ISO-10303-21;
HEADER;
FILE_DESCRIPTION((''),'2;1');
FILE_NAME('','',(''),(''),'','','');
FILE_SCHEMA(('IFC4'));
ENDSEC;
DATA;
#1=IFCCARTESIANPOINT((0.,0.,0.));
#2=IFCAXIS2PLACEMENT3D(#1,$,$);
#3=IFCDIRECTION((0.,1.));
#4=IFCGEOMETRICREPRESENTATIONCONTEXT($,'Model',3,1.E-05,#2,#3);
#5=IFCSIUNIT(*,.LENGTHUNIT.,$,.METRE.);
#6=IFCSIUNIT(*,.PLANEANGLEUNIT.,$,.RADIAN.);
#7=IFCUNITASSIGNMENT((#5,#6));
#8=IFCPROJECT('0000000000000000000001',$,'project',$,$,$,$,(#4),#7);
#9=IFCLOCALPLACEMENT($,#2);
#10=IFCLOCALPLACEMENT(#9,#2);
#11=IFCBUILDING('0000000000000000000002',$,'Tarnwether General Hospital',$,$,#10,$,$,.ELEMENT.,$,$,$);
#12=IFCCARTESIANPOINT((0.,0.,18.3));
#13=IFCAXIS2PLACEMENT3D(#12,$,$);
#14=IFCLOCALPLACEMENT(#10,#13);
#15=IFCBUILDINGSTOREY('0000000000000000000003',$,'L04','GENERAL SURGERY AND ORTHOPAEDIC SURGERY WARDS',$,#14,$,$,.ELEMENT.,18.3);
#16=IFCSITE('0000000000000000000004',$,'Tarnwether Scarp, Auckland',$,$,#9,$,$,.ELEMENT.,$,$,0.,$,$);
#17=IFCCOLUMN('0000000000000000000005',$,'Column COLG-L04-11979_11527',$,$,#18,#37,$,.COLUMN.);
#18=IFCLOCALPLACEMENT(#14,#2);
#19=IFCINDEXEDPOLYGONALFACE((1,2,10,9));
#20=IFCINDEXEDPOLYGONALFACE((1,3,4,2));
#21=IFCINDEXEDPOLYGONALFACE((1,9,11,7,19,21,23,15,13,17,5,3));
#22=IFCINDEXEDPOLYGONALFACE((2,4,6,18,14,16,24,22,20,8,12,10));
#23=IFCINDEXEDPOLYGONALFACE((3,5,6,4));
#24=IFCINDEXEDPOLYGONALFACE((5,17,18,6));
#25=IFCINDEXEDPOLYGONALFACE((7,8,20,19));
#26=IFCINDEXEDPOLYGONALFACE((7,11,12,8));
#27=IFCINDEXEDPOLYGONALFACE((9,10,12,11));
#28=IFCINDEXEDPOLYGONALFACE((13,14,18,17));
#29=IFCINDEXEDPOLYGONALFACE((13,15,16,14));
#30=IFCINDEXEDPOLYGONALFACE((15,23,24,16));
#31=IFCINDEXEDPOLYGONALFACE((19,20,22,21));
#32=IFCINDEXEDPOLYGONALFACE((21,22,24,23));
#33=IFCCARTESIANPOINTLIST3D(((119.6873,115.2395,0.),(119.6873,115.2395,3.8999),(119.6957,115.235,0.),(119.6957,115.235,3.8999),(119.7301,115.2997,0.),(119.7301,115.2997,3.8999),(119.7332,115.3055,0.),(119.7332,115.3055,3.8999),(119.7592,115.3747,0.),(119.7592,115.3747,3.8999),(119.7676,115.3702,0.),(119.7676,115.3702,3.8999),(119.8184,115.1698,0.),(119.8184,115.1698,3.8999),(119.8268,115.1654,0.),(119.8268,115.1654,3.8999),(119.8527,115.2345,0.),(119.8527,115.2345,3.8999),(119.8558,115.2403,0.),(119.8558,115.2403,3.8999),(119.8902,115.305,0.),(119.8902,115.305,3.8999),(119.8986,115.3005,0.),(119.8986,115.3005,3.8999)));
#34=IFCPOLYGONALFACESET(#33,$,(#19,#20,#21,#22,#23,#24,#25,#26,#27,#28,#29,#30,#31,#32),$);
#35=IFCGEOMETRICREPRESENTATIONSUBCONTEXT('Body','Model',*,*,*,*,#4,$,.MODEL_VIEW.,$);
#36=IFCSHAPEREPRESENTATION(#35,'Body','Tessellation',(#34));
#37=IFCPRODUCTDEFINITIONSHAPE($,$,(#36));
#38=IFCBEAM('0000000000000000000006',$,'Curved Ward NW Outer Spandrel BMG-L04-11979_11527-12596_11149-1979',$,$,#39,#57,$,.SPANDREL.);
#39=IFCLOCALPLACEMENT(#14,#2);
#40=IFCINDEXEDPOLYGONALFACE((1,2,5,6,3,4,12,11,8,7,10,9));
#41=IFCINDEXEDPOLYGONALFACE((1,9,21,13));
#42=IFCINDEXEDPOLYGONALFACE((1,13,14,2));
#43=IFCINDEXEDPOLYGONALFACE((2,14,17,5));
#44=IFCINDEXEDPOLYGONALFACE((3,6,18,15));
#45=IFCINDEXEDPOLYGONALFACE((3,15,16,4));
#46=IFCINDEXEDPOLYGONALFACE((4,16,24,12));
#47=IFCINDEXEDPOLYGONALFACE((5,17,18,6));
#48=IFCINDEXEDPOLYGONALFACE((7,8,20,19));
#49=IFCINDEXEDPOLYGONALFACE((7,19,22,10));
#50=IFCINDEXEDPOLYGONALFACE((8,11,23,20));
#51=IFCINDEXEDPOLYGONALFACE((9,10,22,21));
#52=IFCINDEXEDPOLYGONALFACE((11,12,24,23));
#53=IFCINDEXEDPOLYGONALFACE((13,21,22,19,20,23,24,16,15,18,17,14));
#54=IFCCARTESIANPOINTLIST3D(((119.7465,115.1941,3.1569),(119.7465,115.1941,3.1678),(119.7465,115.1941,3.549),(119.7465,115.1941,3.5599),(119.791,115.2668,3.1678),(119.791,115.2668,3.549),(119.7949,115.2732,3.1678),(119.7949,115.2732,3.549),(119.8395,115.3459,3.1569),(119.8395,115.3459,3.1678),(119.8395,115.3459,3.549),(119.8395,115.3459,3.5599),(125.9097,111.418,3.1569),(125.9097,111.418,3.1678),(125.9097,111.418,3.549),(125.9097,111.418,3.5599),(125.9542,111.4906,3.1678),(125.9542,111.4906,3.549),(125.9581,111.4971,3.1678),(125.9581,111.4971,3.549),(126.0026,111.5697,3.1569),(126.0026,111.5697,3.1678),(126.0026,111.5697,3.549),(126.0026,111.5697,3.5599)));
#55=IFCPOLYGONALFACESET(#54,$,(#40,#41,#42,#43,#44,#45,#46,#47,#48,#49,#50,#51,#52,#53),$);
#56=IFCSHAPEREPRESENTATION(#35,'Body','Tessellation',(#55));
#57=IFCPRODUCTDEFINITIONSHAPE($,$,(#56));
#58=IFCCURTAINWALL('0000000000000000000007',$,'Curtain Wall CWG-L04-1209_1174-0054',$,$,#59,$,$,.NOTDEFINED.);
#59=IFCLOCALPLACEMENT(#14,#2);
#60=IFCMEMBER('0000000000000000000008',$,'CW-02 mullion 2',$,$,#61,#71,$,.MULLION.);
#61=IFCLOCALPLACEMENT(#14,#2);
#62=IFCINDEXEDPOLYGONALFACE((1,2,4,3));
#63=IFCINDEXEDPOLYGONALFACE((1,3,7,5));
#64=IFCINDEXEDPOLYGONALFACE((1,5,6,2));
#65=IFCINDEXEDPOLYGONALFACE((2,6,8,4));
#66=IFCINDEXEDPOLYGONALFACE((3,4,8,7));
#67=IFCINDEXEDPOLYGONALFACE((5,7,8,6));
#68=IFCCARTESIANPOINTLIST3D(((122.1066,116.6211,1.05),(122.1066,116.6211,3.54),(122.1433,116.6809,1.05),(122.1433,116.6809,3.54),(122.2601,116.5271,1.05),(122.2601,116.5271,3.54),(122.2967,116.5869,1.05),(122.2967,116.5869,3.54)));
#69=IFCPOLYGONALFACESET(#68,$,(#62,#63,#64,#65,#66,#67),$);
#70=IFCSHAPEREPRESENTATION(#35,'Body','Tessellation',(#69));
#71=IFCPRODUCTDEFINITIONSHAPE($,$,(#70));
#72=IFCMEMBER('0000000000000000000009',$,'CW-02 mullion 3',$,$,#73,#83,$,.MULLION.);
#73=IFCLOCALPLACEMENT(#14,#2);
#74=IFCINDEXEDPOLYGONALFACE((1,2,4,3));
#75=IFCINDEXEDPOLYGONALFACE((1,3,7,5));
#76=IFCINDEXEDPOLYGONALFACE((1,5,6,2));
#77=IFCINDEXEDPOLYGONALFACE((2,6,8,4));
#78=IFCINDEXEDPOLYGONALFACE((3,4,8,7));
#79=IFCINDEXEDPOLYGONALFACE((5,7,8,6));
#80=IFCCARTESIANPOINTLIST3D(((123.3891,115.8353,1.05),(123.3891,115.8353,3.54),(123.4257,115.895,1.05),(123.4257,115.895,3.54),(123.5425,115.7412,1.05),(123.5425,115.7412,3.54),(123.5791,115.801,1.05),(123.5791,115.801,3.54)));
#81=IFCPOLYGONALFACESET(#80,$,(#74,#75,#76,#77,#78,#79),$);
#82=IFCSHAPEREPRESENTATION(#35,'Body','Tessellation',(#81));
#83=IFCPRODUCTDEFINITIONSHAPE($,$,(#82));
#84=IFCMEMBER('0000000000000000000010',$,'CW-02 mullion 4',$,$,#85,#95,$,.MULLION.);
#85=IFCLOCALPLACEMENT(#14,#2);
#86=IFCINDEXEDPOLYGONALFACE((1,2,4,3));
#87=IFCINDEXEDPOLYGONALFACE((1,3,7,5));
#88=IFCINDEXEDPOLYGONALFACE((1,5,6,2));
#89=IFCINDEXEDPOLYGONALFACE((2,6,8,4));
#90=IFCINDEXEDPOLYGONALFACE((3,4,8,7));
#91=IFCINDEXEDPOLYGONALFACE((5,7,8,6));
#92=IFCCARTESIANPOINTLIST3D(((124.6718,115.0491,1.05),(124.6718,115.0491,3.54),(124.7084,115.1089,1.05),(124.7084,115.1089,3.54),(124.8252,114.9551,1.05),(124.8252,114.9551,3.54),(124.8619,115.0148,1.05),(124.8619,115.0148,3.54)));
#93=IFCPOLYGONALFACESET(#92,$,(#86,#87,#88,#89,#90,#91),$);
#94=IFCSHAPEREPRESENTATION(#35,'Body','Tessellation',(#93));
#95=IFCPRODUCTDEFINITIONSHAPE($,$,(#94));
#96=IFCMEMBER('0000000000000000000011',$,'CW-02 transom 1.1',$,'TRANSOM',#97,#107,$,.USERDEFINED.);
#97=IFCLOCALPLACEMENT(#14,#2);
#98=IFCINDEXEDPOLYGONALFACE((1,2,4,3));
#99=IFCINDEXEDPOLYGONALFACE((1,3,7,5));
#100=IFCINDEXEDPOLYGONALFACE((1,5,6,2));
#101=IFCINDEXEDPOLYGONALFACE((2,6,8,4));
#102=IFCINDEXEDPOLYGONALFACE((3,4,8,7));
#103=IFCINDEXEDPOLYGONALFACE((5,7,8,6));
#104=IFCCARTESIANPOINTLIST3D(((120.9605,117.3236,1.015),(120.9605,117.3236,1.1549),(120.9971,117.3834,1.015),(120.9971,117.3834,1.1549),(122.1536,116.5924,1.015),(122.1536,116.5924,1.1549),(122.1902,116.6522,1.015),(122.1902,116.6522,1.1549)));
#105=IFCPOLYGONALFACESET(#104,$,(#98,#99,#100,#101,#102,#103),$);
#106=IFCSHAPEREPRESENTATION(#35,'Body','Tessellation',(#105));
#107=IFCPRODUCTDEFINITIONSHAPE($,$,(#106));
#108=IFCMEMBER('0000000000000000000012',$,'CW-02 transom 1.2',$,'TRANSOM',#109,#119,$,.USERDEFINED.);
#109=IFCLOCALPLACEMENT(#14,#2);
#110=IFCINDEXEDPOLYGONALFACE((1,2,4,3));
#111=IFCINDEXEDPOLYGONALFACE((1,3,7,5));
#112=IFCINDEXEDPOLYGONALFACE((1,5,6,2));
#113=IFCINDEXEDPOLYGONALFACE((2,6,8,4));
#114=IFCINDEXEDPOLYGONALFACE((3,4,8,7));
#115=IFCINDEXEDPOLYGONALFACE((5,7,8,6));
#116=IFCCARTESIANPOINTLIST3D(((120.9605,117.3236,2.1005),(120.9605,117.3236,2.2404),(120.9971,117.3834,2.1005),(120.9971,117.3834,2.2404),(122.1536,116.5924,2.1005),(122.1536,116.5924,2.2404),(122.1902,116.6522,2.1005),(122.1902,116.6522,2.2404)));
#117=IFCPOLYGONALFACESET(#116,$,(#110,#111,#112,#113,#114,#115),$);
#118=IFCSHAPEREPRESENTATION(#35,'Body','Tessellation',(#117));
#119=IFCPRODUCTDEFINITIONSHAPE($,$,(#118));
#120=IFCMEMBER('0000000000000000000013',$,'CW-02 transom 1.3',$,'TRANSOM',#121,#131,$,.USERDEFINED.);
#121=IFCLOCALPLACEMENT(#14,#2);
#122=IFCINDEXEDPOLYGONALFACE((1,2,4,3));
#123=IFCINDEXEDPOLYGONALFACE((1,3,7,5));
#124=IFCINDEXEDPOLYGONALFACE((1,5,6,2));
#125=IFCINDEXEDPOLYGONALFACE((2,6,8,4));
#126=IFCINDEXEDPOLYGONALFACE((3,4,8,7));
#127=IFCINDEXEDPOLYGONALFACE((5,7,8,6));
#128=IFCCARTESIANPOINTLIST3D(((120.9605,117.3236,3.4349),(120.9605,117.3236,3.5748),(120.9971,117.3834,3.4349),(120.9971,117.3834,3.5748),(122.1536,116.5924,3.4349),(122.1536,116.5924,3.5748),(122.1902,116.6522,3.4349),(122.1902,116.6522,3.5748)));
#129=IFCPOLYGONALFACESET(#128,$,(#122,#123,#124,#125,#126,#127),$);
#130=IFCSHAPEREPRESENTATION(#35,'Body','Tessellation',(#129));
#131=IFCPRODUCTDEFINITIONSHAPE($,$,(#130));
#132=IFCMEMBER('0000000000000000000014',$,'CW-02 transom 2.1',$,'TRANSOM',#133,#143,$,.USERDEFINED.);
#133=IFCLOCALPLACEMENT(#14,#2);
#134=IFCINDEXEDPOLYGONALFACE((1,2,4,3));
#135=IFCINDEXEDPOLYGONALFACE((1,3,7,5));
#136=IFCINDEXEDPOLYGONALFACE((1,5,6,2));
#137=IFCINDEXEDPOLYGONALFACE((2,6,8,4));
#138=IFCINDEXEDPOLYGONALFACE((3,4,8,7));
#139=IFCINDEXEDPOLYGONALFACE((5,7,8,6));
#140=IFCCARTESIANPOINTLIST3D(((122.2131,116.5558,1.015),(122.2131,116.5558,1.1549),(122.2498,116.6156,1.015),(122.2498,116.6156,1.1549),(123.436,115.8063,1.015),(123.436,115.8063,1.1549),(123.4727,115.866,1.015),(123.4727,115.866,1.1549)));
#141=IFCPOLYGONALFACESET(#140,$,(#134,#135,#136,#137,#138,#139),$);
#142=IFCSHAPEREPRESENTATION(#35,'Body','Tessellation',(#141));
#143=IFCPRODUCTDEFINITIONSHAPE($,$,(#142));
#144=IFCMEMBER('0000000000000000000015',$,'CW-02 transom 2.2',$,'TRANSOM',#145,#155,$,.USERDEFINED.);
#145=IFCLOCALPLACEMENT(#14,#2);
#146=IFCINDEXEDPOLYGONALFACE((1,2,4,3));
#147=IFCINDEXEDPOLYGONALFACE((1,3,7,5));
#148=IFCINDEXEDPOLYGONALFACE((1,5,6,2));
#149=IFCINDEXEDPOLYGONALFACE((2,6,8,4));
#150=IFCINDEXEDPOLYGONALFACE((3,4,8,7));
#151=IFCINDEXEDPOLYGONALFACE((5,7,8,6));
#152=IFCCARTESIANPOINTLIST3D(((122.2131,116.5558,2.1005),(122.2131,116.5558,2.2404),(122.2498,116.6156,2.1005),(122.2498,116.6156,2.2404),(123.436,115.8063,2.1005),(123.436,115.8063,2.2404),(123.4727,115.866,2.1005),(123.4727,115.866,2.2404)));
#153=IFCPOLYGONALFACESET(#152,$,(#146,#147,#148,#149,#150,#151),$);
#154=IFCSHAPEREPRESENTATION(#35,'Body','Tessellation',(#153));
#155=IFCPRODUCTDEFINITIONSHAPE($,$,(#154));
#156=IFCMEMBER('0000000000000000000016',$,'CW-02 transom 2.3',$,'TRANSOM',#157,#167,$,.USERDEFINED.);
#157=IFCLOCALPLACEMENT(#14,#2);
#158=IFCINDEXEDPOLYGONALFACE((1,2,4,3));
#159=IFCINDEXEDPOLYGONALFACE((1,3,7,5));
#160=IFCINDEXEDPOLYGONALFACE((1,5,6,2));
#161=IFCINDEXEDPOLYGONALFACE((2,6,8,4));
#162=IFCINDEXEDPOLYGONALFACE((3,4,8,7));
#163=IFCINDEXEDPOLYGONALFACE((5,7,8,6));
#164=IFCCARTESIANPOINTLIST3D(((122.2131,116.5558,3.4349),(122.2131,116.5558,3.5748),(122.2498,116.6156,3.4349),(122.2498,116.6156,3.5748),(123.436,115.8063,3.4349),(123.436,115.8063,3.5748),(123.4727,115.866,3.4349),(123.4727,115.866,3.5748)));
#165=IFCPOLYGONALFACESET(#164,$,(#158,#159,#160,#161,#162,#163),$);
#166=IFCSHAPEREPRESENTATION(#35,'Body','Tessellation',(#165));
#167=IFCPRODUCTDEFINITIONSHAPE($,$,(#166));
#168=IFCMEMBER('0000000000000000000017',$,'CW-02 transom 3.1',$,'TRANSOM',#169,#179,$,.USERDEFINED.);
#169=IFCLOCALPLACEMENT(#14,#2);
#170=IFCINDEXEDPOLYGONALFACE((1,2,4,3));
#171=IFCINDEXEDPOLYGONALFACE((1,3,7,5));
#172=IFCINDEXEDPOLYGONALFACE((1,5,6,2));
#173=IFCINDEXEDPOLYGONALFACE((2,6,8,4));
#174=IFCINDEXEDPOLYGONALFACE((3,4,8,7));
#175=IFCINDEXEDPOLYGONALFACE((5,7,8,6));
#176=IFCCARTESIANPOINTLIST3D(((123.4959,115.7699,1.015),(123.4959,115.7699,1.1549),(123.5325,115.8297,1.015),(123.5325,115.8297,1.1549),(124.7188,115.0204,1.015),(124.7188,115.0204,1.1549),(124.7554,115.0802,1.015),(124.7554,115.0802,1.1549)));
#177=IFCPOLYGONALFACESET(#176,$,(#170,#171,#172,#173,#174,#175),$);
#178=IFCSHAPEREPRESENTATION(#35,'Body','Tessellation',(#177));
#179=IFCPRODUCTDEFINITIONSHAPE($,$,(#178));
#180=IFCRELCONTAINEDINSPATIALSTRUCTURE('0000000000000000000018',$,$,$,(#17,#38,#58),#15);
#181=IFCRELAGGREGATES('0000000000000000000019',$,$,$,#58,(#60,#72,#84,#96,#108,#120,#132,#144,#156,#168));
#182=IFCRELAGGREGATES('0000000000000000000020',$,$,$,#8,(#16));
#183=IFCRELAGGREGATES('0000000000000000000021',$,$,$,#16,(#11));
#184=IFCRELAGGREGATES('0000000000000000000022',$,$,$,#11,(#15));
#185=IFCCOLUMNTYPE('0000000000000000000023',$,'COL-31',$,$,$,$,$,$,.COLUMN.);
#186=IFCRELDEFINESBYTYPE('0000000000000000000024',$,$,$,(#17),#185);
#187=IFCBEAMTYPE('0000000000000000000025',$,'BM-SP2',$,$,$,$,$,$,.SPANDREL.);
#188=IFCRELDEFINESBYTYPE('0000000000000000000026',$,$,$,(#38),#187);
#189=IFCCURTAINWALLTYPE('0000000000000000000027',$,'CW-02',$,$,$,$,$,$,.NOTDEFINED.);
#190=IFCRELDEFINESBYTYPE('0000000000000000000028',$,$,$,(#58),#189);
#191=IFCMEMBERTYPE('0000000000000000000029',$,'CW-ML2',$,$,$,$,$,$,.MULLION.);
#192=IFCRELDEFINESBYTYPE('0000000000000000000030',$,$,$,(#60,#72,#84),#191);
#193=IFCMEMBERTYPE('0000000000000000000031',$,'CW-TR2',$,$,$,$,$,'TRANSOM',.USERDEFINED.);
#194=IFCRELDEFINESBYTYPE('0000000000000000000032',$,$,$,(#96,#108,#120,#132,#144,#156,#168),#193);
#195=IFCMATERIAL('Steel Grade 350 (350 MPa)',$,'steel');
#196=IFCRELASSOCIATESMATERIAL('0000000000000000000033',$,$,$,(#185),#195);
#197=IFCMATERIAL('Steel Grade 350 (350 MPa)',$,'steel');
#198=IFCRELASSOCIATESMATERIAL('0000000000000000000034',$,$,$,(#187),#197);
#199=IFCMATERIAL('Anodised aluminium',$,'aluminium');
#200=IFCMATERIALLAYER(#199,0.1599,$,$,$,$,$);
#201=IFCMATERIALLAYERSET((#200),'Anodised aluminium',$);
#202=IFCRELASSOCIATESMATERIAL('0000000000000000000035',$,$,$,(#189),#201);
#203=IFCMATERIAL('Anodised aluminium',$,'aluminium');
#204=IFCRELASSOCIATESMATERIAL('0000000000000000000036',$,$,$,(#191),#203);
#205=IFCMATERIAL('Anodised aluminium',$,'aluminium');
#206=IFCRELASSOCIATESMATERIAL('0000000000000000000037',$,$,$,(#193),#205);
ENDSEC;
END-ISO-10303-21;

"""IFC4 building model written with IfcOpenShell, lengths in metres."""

from ifc_helpers import new_model, si_unit, direction, frame, origin, origin_2d, place, context, subcontext, project, spatial, rectangle, i_section, extrude, material, layer, layer_set, material_profile, profile_set, type_object, element, aggregate, save


model = new_model("IFC4")

# Units and contexts
model_context = context("Model", 3, precision=1e-05, world=origin(), true_north=direction((0.0, 1.0)))
body_context = subcontext(model_context, "Body", "Model", "MODEL_VIEW")
ifc_project = project(units=[si_unit("LENGTHUNIT", "METRE"), si_unit("PLANEANGLEUNIT", "RADIAN")], contexts=[model_context])

# Site, building, storey
site_placement = place(None, origin())
site = spatial("IfcSite", under=ifc_project, at=site_placement, Name="Tarnwether Scarp, Auckland", CompositionType="ELEMENT", RefElevation=0.0)
building_placement = place(site_placement, origin())
building = spatial("IfcBuilding", under=site, at=building_placement, Name="Tarnwether General Hospital", CompositionType="ELEMENT")
storey_placement = place(building_placement, frame((0.0, 0.0, 18.3)))
storey = spatial("IfcBuildingStorey", under=building, at=storey_placement, Name="L04", Description="GENERAL SURGERY AND ORTHOPAEDIC SURGERY WARDS", CompositionType="ELEMENT", Elevation=18.3)

# Column
ifc_material_1 = material(Name="Steel Grade 350 (350 MPa)", Category="steel")
ifc_material_profile_1 = material_profile(ifc_material_1, i_section(OverallWidth=0.1531, OverallDepth=0.158, WebThickness=0.0066, FlangeThickness=0.0095, at=origin_2d()), Name="150UC30.0")
ifc_profile_set_1 = profile_set([ifc_material_profile_1], Name="Steel Grade 350 (350 MPa)")
column_type = type_object("IfcColumnType", Name="COL-31", PredefinedType="COLUMN", material=ifc_profile_set_1)
column_placement = place(storey_placement, frame((119.793, 115.27, 0.0), z_axis=(0.0, 0.0, 1.0), x_axis=(0.469472, 0.882948, 0.0)))
element("IfcColumn", 1, at=column_placement, inside=storey, type_object=column_type, Name="Column COLG-L04-11979_11527", PredefinedType="COLUMN", context=body_context, shape_type="SweptSolid", body=[
    extrude(i_section(OverallWidth=0.1531, OverallDepth=0.158, WebThickness=0.0066, FlangeThickness=0.0095, at=origin_2d()), origin(), (0.0, 0.0, 1.0), 3.8999),
])

# Beam
ifc_material_2 = material(Name="Steel Grade 350 (350 MPa)", Category="steel")
ifc_material_profile_2 = material_profile(ifc_material_2, i_section(OverallWidth=0.178, OverallDepth=0.4031, WebThickness=0.0076, FlangeThickness=0.011, at=origin_2d()), Name="410UB53.7")
ifc_profile_set_2 = profile_set([ifc_material_profile_2], Name="Steel Grade 350 (350 MPa)")
beam_type = type_object("IfcBeamType", Name="BM-SP2", PredefinedType="SPANDREL", material=ifc_profile_set_2)
beam_placement = place(storey_placement, frame((119.793, 115.27, 3.3584), z_axis=(0.852678, -0.522436, 0.0), x_axis=(0.522436, 0.852678, 0.0)))
element("IfcBeam", 2, at=beam_placement, inside=storey, type_object=beam_type, Name="Curved Ward NW Outer Spandrel BMG-L04-11979_11527-12596_11149-1979", PredefinedType="SPANDREL", context=body_context, shape_type="SweptSolid", body=[
    extrude(i_section(OverallWidth=0.178, OverallDepth=0.4031, WebThickness=0.0076, FlangeThickness=0.011, at=origin_2d()), origin(), (0.0, 0.0, 1.0), 7.228),
])

# Curtain wall, members
ifc_material_3 = material(Name="Anodised aluminium", Category="aluminium")
ifc_layer_1 = layer(ifc_material_3, 0.1599)
ifc_layer_set_1 = layer_set([ifc_layer_1], Name="Anodised aluminium")
curtain_wall_type = type_object("IfcCurtainWallType", Name="CW-02", PredefinedType="NOTDEFINED", material=ifc_layer_set_1)
curtain_wall_placement = place(storey_placement, origin())
curtain_wall = element("IfcCurtainWall", 3, at=curtain_wall_placement, inside=storey, type_object=curtain_wall_type, Name="Curtain Wall CWG-L04-1209_1174-0054", PredefinedType="NOTDEFINED")
ifc_material_4 = material(Name="Anodised aluminium", Category="aluminium")
ifc_material_profile_3 = material_profile(ifc_material_4, rectangle(XDim=0.0701, YDim=0.1799, at=origin_2d()), Name="ALU-MUL-70x180")
ifc_profile_set_3 = profile_set([ifc_material_profile_3], Name="Anodised aluminium")
member_type_1 = type_object("IfcMemberType", Name="CW-ML2", PredefinedType="MULLION", material=ifc_profile_set_3)
member_1_placement = place(storey_placement, frame((122.2017, 116.604, 1.05), z_axis=(0.0, 0.0, 1.0), x_axis=(0.522509, 0.852634, 0.0)))
member_1 = element("IfcMember", 4, at=member_1_placement, type_object=member_type_1, Name="CW-02 mullion 2", PredefinedType="MULLION", context=body_context, shape_type="SweptSolid", body=[
    extrude(rectangle(XDim=0.0701, YDim=0.1799, at=origin_2d()), origin(), (0.0, 0.0, 1.0), 2.49),
])
member_2_placement = place(storey_placement, frame((123.4841, 115.8181, 1.05), z_axis=(0.0, 0.0, 1.0), x_axis=(0.522509, 0.852634, 0.0)))
member_2 = element("IfcMember", 5, at=member_2_placement, type_object=member_type_1, Name="CW-02 mullion 3", PredefinedType="MULLION", context=body_context, shape_type="SweptSolid", body=[
    extrude(rectangle(XDim=0.0701, YDim=0.1799, at=origin_2d()), origin(), (0.0, 0.0, 1.0), 2.49),
])
member_3_placement = place(storey_placement, frame((124.7668, 115.032, 1.05), z_axis=(0.0, 0.0, 1.0), x_axis=(0.522509, 0.852634, 0.0)))
member_3 = element("IfcMember", 6, at=member_3_placement, type_object=member_type_1, Name="CW-02 mullion 4", PredefinedType="MULLION", context=body_context, shape_type="SweptSolid", body=[
    extrude(rectangle(XDim=0.0701, YDim=0.1799, at=origin_2d()), origin(), (0.0, 0.0, 1.0), 2.49),
])
ifc_material_5 = material(Name="Anodised aluminium", Category="aluminium")
ifc_material_profile_4 = material_profile(ifc_material_5, rectangle(XDim=0.0701, YDim=0.1399, at=origin_2d()), Name="ALU-TRN-70x140")
ifc_profile_set_4 = profile_set([ifc_material_profile_4], Name="Anodised aluminium")
member_type_2 = type_object("IfcMemberType", Name="CW-TR2", ElementType="TRANSOM", PredefinedType="USERDEFINED", material=ifc_profile_set_4)
member_4_placement = place(storey_placement, frame((120.9788, 117.3535, 1.085), z_axis=(0.852621, -0.522529, 0.0), x_axis=(0.522529, 0.852621, 0.0)))
member_4 = element("IfcMember", 7, at=member_4_placement, type_object=member_type_2, Name="CW-02 transom 1.1", ObjectType="TRANSOM", PredefinedType="USERDEFINED", context=body_context, shape_type="SweptSolid", body=[
    extrude(rectangle(XDim=0.0701, YDim=0.1399, at=origin_2d()), origin(), (0.0, 0.0, 1.0), 1.3994),
])
member_5_placement = place(storey_placement, frame((120.9788, 117.3535, 2.1704), z_axis=(0.852621, -0.522529, 0.0), x_axis=(0.522529, 0.852621, 0.0)))
member_5 = element("IfcMember", 8, at=member_5_placement, type_object=member_type_2, Name="CW-02 transom 1.2", ObjectType="TRANSOM", PredefinedType="USERDEFINED", context=body_context, shape_type="SweptSolid", body=[
    extrude(rectangle(XDim=0.0701, YDim=0.1399, at=origin_2d()), origin(), (0.0, 0.0, 1.0), 1.3994),
])
member_6_placement = place(storey_placement, frame((120.9788, 117.3535, 3.5049), z_axis=(0.852621, -0.522529, 0.0), x_axis=(0.522529, 0.852621, 0.0)))
member_6 = element("IfcMember", 9, at=member_6_placement, type_object=member_type_2, Name="CW-02 transom 1.3", ObjectType="TRANSOM", PredefinedType="USERDEFINED", context=body_context, shape_type="SweptSolid", body=[
    extrude(rectangle(XDim=0.0701, YDim=0.1399, at=origin_2d()), origin(), (0.0, 0.0, 1.0), 1.3994),
])
member_7_placement = place(storey_placement, frame((122.2314, 116.5857, 1.085), z_axis=(0.852604, -0.522558, 0.0), x_axis=(0.522558, 0.852604, 0.0)))
member_7 = element("IfcMember", 10, at=member_7_placement, type_object=member_type_2, Name="CW-02 transom 2.1", ObjectType="TRANSOM", PredefinedType="USERDEFINED", context=body_context, shape_type="SweptSolid", body=[
    extrude(rectangle(XDim=0.0701, YDim=0.1399, at=origin_2d()), origin(), (0.0, 0.0, 1.0), 1.4343),
])
member_8_placement = place(storey_placement, frame((122.2314, 116.5857, 2.1704), z_axis=(0.852604, -0.522558, 0.0), x_axis=(0.522558, 0.852604, 0.0)))
member_8 = element("IfcMember", 11, at=member_8_placement, type_object=member_type_2, Name="CW-02 transom 2.2", ObjectType="TRANSOM", PredefinedType="USERDEFINED", context=body_context, shape_type="SweptSolid", body=[
    extrude(rectangle(XDim=0.0701, YDim=0.1399, at=origin_2d()), origin(), (0.0, 0.0, 1.0), 1.4343),
])
member_9_placement = place(storey_placement, frame((122.2314, 116.5857, 3.5049), z_axis=(0.852604, -0.522558, 0.0), x_axis=(0.522558, 0.852604, 0.0)))
member_9 = element("IfcMember", 12, at=member_9_placement, type_object=member_type_2, Name="CW-02 transom 2.3", ObjectType="TRANSOM", PredefinedType="USERDEFINED", context=body_context, shape_type="SweptSolid", body=[
    extrude(rectangle(XDim=0.0701, YDim=0.1399, at=origin_2d()), origin(), (0.0, 0.0, 1.0), 1.4343),
])
member_10_placement = place(storey_placement, frame((123.5142, 115.7998, 1.085), z_axis=(0.852604, -0.522558, 0.0), x_axis=(0.522558, 0.852604, 0.0)))
member_10 = element("IfcMember", 13, at=member_10_placement, type_object=member_type_2, Name="CW-02 transom 3.1", ObjectType="TRANSOM", PredefinedType="USERDEFINED", context=body_context, shape_type="SweptSolid", body=[
    extrude(rectangle(XDim=0.0701, YDim=0.1399, at=origin_2d()), origin(), (0.0, 0.0, 1.0), 1.4343),
])
aggregate(curtain_wall, [member_1, member_2, member_3, member_4, member_5, member_6, member_7, member_8, member_9, member_10])

save(model, "model.ifc")
